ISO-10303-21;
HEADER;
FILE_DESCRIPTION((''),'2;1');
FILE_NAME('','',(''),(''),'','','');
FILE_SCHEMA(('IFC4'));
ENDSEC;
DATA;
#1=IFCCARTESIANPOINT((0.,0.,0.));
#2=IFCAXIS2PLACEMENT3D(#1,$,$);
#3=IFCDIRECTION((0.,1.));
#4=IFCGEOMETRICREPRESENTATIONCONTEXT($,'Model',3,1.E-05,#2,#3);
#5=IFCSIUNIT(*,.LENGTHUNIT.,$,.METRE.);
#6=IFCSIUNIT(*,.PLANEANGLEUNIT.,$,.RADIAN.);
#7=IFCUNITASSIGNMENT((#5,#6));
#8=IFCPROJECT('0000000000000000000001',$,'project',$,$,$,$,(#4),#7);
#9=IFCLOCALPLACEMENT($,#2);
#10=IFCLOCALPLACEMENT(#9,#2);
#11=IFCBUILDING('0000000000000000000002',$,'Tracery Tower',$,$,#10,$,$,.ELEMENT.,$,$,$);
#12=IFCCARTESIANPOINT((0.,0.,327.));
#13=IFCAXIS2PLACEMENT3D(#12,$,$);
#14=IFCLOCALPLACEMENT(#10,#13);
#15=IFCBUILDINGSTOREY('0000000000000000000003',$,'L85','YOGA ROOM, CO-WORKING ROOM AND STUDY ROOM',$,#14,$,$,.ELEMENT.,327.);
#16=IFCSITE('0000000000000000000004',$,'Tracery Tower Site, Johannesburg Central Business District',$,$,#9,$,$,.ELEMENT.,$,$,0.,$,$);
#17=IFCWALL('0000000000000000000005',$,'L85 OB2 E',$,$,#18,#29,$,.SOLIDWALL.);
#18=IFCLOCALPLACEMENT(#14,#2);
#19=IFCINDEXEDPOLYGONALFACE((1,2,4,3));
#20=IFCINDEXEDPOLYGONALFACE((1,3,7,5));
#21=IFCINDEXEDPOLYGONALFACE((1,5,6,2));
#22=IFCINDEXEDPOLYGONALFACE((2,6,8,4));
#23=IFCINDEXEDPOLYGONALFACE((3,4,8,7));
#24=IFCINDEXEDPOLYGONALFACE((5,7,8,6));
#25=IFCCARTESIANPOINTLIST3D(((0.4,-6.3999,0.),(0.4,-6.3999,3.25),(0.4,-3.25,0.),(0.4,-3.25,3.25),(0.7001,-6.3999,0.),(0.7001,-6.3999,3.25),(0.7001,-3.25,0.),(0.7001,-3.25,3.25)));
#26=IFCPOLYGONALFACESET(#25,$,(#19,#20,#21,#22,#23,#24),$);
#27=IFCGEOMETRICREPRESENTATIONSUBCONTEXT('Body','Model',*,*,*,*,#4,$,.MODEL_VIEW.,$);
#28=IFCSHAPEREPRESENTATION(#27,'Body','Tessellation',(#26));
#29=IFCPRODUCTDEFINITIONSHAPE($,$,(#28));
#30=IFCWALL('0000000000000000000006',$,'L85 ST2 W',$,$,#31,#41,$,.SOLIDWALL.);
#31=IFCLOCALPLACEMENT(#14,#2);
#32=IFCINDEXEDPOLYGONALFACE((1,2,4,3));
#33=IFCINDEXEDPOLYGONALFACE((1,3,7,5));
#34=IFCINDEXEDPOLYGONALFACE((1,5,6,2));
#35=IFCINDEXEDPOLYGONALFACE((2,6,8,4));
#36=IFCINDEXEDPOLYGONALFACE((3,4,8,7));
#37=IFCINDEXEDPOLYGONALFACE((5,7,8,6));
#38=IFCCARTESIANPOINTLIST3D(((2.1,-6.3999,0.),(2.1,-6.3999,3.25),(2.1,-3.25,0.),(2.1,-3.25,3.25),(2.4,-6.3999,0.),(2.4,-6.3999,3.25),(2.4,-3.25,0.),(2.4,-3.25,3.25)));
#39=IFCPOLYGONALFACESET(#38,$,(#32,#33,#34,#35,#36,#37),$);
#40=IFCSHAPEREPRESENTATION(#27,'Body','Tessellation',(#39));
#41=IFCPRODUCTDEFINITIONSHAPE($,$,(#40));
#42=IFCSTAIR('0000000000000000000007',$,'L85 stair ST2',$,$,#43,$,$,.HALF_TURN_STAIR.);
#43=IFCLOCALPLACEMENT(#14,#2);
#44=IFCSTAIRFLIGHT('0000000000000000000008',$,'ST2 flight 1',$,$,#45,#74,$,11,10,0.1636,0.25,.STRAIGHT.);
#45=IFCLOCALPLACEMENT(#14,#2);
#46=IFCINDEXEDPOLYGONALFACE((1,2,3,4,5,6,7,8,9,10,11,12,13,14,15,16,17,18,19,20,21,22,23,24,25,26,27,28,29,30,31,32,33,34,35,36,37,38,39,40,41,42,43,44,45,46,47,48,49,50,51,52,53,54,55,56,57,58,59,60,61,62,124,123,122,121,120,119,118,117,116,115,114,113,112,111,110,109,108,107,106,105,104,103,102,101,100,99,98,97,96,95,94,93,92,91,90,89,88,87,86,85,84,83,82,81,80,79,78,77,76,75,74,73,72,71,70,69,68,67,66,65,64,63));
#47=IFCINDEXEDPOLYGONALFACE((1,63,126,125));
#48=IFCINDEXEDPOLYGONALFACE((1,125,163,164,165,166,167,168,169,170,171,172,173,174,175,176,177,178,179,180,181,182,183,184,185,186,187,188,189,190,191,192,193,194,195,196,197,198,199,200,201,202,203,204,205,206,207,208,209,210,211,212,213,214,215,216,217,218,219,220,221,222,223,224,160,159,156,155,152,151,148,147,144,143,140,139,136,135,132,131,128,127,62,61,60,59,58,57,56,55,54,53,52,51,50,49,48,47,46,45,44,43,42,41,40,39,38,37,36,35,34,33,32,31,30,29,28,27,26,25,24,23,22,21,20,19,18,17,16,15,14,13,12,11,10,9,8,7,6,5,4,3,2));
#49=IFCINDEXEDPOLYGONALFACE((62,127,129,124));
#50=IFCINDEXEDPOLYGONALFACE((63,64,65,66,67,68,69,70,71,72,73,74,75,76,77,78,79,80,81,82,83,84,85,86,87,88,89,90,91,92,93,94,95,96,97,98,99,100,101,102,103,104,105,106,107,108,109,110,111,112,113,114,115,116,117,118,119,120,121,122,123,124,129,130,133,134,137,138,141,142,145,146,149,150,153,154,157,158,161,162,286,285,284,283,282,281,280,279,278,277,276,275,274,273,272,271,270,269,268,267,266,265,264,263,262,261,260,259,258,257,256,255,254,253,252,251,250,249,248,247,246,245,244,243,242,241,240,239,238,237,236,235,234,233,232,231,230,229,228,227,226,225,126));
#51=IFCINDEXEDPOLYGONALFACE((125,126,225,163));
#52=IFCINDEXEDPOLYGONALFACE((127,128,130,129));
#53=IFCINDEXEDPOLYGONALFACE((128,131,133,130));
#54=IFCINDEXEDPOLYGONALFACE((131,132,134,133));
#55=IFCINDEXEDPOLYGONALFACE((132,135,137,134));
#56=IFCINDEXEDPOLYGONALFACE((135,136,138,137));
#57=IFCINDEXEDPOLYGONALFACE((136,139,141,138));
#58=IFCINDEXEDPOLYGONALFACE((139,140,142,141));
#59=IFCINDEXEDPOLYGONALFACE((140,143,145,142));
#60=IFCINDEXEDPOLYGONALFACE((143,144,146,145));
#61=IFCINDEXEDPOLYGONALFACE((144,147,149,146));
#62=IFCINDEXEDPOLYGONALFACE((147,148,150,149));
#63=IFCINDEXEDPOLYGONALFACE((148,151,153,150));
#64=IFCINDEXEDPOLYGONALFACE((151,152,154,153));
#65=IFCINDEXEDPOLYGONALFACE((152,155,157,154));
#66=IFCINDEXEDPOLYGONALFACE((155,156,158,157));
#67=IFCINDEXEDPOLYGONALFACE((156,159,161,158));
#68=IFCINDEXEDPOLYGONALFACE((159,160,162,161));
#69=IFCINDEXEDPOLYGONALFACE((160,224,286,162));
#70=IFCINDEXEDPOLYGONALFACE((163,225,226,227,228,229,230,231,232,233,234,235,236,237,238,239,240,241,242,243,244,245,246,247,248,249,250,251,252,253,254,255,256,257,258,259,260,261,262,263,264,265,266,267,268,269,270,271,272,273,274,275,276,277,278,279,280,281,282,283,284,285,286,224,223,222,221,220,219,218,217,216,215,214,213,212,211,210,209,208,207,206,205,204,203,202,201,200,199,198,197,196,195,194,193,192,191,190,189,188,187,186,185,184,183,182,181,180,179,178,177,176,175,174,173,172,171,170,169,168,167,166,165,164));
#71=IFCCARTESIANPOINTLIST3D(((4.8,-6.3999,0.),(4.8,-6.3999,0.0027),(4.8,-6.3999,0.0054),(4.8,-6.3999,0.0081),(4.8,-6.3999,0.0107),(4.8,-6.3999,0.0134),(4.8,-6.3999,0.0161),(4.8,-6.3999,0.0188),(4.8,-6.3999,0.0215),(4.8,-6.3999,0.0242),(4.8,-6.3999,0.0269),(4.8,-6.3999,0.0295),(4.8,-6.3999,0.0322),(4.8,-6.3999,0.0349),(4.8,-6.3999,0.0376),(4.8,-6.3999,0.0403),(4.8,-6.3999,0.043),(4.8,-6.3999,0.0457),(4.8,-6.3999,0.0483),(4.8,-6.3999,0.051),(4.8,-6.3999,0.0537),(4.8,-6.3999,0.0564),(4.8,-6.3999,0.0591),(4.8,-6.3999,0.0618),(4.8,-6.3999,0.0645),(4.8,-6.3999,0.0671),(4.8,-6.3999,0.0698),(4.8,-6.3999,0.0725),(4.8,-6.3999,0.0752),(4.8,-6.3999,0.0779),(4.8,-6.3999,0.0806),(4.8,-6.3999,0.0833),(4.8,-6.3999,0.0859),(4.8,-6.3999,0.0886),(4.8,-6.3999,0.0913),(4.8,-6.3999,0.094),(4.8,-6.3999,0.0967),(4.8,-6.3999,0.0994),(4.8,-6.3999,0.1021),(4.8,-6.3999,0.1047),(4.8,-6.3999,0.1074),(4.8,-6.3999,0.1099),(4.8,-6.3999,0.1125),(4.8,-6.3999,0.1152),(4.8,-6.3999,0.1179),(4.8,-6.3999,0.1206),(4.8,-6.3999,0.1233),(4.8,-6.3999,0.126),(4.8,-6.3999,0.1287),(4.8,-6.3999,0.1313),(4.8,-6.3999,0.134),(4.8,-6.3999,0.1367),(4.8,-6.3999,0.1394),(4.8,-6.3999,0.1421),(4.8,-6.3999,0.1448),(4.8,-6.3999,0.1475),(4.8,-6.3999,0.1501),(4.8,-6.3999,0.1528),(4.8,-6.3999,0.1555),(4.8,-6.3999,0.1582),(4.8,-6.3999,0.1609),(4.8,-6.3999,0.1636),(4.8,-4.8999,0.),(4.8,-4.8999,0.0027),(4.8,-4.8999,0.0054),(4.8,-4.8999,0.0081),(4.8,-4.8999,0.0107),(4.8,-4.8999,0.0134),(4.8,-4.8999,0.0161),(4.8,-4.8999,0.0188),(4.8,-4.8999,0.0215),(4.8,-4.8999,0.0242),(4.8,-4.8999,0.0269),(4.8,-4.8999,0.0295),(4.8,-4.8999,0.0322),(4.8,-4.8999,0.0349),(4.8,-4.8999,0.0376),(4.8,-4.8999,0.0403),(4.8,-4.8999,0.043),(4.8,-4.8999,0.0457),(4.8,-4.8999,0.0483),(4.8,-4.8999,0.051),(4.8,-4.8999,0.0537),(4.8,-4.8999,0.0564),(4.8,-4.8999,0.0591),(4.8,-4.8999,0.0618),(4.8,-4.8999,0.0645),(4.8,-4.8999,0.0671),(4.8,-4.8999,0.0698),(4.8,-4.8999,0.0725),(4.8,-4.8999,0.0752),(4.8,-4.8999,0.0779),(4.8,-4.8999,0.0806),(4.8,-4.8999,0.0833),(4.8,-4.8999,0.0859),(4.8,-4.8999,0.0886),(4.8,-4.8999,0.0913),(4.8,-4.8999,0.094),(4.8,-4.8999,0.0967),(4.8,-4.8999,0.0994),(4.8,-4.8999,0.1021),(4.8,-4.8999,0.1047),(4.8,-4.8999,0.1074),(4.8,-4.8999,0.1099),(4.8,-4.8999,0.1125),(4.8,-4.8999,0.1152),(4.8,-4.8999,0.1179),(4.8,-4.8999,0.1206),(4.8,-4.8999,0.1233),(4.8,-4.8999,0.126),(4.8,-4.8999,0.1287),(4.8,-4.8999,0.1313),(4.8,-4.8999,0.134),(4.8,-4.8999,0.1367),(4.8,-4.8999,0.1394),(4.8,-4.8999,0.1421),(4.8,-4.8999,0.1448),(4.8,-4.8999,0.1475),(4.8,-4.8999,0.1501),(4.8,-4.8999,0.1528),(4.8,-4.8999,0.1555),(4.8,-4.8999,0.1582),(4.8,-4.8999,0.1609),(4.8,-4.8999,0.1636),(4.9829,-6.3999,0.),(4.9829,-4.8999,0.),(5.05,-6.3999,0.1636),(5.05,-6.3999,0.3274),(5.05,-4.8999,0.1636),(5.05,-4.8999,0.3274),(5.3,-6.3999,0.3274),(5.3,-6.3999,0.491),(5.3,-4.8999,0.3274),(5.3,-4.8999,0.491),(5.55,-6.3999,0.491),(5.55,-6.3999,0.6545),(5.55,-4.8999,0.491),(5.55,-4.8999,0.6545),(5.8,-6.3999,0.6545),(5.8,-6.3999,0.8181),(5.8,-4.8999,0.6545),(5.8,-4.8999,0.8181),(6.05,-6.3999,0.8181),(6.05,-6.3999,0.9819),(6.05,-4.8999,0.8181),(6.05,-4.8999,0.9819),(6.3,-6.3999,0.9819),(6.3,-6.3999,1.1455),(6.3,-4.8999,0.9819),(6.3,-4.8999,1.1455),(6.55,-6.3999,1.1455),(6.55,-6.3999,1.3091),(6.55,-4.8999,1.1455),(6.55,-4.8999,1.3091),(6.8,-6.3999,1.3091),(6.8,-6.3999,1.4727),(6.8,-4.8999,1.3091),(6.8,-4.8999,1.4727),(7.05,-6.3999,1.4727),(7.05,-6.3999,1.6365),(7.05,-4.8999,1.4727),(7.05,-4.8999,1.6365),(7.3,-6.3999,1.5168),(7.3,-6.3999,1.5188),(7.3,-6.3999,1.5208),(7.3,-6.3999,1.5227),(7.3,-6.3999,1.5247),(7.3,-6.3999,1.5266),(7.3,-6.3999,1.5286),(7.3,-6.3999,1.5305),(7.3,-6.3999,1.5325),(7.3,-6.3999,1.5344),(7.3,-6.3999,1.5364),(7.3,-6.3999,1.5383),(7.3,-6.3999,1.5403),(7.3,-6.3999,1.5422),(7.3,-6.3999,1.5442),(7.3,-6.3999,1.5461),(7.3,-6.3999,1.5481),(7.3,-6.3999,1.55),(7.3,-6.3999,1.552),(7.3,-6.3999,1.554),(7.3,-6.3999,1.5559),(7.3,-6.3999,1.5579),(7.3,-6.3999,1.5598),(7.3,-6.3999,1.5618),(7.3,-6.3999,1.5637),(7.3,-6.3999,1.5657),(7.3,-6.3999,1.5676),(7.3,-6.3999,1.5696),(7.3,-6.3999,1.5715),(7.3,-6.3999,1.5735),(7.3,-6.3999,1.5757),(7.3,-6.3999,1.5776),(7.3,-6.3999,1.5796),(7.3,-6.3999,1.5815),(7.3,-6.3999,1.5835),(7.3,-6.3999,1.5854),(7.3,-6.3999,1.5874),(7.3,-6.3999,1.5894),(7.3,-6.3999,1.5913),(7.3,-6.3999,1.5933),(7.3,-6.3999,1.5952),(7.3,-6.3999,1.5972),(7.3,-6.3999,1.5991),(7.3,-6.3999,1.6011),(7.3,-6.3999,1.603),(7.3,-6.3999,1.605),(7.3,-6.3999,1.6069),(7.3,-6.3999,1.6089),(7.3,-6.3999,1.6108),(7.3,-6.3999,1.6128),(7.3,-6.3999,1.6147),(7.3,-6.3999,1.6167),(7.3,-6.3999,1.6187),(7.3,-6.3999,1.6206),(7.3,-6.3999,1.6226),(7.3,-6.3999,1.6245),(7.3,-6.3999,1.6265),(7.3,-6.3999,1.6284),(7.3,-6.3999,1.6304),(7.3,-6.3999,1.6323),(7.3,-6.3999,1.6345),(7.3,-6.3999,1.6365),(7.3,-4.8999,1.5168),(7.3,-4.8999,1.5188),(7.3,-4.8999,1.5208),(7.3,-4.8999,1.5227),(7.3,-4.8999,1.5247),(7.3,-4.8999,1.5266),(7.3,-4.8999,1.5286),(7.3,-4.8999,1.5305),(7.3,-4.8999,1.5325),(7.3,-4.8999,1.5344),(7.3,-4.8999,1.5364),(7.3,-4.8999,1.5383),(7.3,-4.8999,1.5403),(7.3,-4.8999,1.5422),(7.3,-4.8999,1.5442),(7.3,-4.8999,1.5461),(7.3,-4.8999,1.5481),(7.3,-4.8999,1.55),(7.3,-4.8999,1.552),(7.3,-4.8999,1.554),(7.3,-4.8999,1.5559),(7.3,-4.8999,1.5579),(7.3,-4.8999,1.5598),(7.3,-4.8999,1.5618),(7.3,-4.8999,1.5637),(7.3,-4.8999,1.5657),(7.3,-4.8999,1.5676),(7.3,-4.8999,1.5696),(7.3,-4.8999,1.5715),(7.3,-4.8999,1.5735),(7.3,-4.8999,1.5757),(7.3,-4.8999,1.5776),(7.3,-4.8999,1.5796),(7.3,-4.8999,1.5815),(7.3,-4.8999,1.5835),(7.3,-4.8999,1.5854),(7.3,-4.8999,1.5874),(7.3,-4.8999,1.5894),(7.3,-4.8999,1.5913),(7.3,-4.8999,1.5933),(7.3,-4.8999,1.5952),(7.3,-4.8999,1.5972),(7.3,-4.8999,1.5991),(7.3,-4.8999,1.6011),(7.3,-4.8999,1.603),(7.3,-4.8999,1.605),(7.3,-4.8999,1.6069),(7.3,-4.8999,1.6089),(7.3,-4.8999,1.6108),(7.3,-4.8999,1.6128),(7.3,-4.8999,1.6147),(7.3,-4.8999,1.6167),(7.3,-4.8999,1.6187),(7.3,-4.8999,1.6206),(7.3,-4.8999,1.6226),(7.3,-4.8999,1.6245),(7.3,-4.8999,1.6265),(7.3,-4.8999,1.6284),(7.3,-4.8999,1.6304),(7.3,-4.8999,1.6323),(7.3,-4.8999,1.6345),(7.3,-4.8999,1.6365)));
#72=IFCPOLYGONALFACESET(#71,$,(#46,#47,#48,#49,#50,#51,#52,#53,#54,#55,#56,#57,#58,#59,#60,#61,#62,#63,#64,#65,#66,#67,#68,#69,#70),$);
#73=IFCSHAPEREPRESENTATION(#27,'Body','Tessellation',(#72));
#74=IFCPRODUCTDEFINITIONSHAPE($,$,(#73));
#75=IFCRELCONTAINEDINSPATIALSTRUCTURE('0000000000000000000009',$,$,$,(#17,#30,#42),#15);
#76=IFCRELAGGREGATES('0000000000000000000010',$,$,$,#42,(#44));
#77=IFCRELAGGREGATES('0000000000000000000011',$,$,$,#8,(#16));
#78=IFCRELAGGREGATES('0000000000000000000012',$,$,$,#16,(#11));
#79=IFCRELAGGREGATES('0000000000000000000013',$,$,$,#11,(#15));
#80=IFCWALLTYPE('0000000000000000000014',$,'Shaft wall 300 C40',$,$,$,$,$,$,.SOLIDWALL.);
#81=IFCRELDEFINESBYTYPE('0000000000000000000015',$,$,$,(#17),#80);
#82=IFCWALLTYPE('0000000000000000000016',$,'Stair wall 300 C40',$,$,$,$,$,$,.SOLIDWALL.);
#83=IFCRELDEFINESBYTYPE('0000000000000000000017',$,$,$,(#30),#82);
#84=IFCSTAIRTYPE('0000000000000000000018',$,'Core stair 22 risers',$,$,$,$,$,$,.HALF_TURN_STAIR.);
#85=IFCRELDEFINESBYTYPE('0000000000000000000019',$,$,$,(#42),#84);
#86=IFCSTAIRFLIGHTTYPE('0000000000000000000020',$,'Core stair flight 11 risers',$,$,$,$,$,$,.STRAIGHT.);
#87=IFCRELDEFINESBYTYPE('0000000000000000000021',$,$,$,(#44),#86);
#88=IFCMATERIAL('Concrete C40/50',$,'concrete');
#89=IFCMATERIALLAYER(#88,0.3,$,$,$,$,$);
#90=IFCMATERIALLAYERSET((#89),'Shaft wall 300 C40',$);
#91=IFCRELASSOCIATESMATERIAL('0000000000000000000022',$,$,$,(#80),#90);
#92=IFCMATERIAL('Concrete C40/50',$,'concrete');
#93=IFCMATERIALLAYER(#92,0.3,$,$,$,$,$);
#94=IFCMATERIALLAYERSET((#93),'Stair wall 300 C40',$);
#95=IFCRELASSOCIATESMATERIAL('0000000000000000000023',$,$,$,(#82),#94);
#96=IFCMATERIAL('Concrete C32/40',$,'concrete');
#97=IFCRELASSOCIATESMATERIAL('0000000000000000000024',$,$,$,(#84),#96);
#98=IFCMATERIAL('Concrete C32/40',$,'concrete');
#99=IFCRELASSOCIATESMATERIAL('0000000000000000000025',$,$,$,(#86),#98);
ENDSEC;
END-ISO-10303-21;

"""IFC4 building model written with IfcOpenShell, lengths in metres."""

from ifc_helpers import new_model, si_unit, direction, frame, frame_2d, origin, place, context, subcontext, project, spatial, polyline, rectangle, outline, extrude, material, layer, layer_set, type_object, element, aggregate, save


model = new_model("IFC4")

# Units and contexts
model_context = context("Model", 3, precision=1e-05, world=origin(), true_north=direction((0.0, 1.0)))
body_context = subcontext(model_context, "Body", "Model", "MODEL_VIEW")
ifc_project = project(units=[si_unit("LENGTHUNIT", "METRE"), si_unit("PLANEANGLEUNIT", "RADIAN")], contexts=[model_context])

# Site, building, storey
site_placement = place(None, origin())
site = spatial("IfcSite", under=ifc_project, at=site_placement, Name="Tracery Tower Site, Johannesburg Central Business District", CompositionType="ELEMENT", RefElevation=0.0)
building_placement = place(site_placement, origin())
building = spatial("IfcBuilding", under=site, at=building_placement, Name="Tracery Tower", CompositionType="ELEMENT")
storey_placement = place(building_placement, frame((0.0, 0.0, 327.0)))
storey = spatial("IfcBuildingStorey", under=building, at=storey_placement, Name="L85", Description="YOGA ROOM, CO-WORKING ROOM AND STUDY ROOM", CompositionType="ELEMENT", Elevation=327.0)

# Wall
ifc_material_1 = material(Name="Concrete C40/50", Category="concrete")
ifc_layer_1 = layer(ifc_material_1, 0.3)
ifc_layer_set_1 = layer_set([ifc_layer_1], Name="Shaft wall 300 C40")
wall_type_1 = type_object("IfcWallType", Name="Shaft wall 300 C40", PredefinedType="SOLIDWALL", material=ifc_layer_set_1)
wall_1_placement = place(storey_placement, frame((0.55, -6.3999, 0.0), z_axis=(0.0, 0.0, 1.0), x_axis=(0.0, 1.0, 0.0)))
element("IfcWall", 1, at=wall_1_placement, inside=storey, type_object=wall_type_1, Name="L85 OB2 E", PredefinedType="SOLIDWALL", context=body_context, shape_type="SweptSolid", body=[
    extrude(rectangle(XDim=3.1499, YDim=0.3, at=frame_2d((1.575, 0.0))), origin(), (0.0, 0.0, 1.0), 3.25),
])

# Shared definitions
ifc_material_2 = material(Name="Concrete C40/50", Category="concrete")
ifc_layer_2 = layer(ifc_material_2, 0.3)
ifc_layer_set_2 = layer_set([ifc_layer_2], Name="Stair wall 300 C40")
wall_type_2 = type_object("IfcWallType", Name="Stair wall 300 C40", PredefinedType="SOLIDWALL", material=ifc_layer_set_2)

# Wall
wall_2_placement = place(storey_placement, frame((2.25, -6.3999, 0.0), z_axis=(0.0, 0.0, 1.0), x_axis=(0.0, 1.0, 0.0)))
element("IfcWall", 2, at=wall_2_placement, inside=storey, type_object=wall_type_2, Name="L85 ST2 W", PredefinedType="SOLIDWALL", context=body_context, shape_type="SweptSolid", body=[
    extrude(rectangle(XDim=3.1499, YDim=0.3, at=frame_2d((1.575, 0.0))), origin(), (0.0, 0.0, 1.0), 3.25),
])

# Stair, stair flight
ifc_material_3 = material(Name="Concrete C32/40", Category="concrete")
stair_type = type_object("IfcStairType", Name="Core stair 22 risers", PredefinedType="HALF_TURN_STAIR", material=ifc_material_3)
stair_placement = place(storey_placement, origin())
stair = element("IfcStair", 3, at=stair_placement, inside=storey, type_object=stair_type, Name="L85 stair ST2", PredefinedType="HALF_TURN_STAIR")
ifc_material_4 = material(Name="Concrete C32/40", Category="concrete")
stair_flight_type = type_object("IfcStairFlightType", Name="Core stair flight 11 risers", PredefinedType="STRAIGHT", material=ifc_material_4)
stair_flight_placement = place(storey_placement, frame((4.8, -5.6499, 0.0), z_axis=(0.0, 0.0, 1.0), x_axis=(1.0, 0.0, 0.0)))
stair_flight = element("IfcStairFlight", 4, at=stair_flight_placement, type_object=stair_flight_type, Name="ST2 flight 1", NumberOfRisers=11, NumberOfTreads=10, PredefinedType="STRAIGHT", RiserHeight=0.1636, TreadLength=0.25, context=body_context, shape_type="SweptSolid", body=[
    extrude(outline(polyline([(0.0, 0.0), (0.0, 0.0027), (0.0, 0.0054), (0.0, 0.0081), (0.0, 0.0107), (0.0, 0.0134), (0.0, 0.0161), (0.0, 0.0188), (0.0, 0.0215), (0.0, 0.0242), (0.0, 0.0269), (0.0, 0.0295), (0.0, 0.0322), (0.0, 0.0349), (0.0, 0.0376), (0.0, 0.0403), (0.0, 0.043), (0.0, 0.0457), (0.0, 0.0483), (0.0, 0.051), (0.0, 0.0537), (0.0, 0.0564), (0.0, 0.0591), (0.0, 0.0618), (0.0, 0.0645), (0.0, 0.0671), (0.0, 0.0698), (0.0, 0.0725), (0.0, 0.0752), (0.0, 0.0779), (0.0, 0.0806), (0.0, 0.0833), (0.0, 0.0859), (0.0, 0.0886), (0.0, 0.0913), (0.0, 0.094), (0.0, 0.0967), (0.0, 0.0994), (0.0, 0.1021), (0.0, 0.1047), (0.0, 0.1074), (0.0, 0.1099), (0.0, 0.1125), (0.0, 0.1152), (0.0, 0.1179), (0.0, 0.1206), (0.0, 0.1233), (0.0, 0.126), (0.0, 0.1287), (0.0, 0.1313), (0.0, 0.134), (0.0, 0.1367), (0.0, 0.1394), (0.0, 0.1421), (0.0, 0.1448), (0.0, 0.1475), (0.0, 0.1501), (0.0, 0.1528), (0.0, 0.1555), (0.0, 0.1582), (0.0, 0.1609), (0.0, 0.1636), (0.25, 0.1636), (0.25, 0.3274), (0.5, 0.3274), (0.5, 0.491), (0.75, 0.491), (0.75, 0.6545), (1.0, 0.6545), (1.0, 0.8181), (1.25, 0.8181), (1.25, 0.9819), (1.5, 0.9819), (1.5, 1.1455), (1.75, 1.1455), (1.75, 1.3091), (2.0, 1.3091), (2.0, 1.4727), (2.25, 1.4727), (2.25, 1.6365), (2.5, 1.6365), (2.5, 1.6345), (2.5, 1.6323), (2.5, 1.6304), (2.5, 1.6284), (2.5, 1.6265), (2.5, 1.6245), (2.5, 1.6226), (2.5, 1.6206), (2.5, 1.6187), (2.5, 1.6167), (2.5, 1.6147), (2.5, 1.6128), (2.5, 1.6108), (2.5, 1.6089), (2.5, 1.6069), (2.5, 1.605), (2.5, 1.603), (2.5, 1.6011), (2.5, 1.5991), (2.5, 1.5972), (2.5, 1.5952), (2.5, 1.5933), (2.5, 1.5913), (2.5, 1.5894), (2.5, 1.5874), (2.5, 1.5854), (2.5, 1.5835), (2.5, 1.5815), (2.5, 1.5796), (2.5, 1.5776), (2.5, 1.5757), (2.5, 1.5735), (2.5, 1.5715), (2.5, 1.5696), (2.5, 1.5676), (2.5, 1.5657), (2.5, 1.5637), (2.5, 1.5618), (2.5, 1.5598), (2.5, 1.5579), (2.5, 1.5559), (2.5, 1.554), (2.5, 1.552), (2.5, 1.55), (2.5, 1.5481), (2.5, 1.5461), (2.5, 1.5442), (2.5, 1.5422), (2.5, 1.5403), (2.5, 1.5383), (2.5, 1.5364), (2.5, 1.5344), (2.5, 1.5325), (2.5, 1.5305), (2.5, 1.5286), (2.5, 1.5266), (2.5, 1.5247), (2.5, 1.5227), (2.5, 1.5208), (2.5, 1.5188), (2.5, 1.5168), (0.1829, 0.0), (0.0, 0.0)])), frame((0.0, 0.75, 0.0), z_axis=(0.0, -1.0, 0.0), x_axis=(1.0, 0.0, 0.0)), (0.0, 0.0, 1.0), 1.5),
])
aggregate(stair, [stair_flight])

save(model, "model.ifc")
